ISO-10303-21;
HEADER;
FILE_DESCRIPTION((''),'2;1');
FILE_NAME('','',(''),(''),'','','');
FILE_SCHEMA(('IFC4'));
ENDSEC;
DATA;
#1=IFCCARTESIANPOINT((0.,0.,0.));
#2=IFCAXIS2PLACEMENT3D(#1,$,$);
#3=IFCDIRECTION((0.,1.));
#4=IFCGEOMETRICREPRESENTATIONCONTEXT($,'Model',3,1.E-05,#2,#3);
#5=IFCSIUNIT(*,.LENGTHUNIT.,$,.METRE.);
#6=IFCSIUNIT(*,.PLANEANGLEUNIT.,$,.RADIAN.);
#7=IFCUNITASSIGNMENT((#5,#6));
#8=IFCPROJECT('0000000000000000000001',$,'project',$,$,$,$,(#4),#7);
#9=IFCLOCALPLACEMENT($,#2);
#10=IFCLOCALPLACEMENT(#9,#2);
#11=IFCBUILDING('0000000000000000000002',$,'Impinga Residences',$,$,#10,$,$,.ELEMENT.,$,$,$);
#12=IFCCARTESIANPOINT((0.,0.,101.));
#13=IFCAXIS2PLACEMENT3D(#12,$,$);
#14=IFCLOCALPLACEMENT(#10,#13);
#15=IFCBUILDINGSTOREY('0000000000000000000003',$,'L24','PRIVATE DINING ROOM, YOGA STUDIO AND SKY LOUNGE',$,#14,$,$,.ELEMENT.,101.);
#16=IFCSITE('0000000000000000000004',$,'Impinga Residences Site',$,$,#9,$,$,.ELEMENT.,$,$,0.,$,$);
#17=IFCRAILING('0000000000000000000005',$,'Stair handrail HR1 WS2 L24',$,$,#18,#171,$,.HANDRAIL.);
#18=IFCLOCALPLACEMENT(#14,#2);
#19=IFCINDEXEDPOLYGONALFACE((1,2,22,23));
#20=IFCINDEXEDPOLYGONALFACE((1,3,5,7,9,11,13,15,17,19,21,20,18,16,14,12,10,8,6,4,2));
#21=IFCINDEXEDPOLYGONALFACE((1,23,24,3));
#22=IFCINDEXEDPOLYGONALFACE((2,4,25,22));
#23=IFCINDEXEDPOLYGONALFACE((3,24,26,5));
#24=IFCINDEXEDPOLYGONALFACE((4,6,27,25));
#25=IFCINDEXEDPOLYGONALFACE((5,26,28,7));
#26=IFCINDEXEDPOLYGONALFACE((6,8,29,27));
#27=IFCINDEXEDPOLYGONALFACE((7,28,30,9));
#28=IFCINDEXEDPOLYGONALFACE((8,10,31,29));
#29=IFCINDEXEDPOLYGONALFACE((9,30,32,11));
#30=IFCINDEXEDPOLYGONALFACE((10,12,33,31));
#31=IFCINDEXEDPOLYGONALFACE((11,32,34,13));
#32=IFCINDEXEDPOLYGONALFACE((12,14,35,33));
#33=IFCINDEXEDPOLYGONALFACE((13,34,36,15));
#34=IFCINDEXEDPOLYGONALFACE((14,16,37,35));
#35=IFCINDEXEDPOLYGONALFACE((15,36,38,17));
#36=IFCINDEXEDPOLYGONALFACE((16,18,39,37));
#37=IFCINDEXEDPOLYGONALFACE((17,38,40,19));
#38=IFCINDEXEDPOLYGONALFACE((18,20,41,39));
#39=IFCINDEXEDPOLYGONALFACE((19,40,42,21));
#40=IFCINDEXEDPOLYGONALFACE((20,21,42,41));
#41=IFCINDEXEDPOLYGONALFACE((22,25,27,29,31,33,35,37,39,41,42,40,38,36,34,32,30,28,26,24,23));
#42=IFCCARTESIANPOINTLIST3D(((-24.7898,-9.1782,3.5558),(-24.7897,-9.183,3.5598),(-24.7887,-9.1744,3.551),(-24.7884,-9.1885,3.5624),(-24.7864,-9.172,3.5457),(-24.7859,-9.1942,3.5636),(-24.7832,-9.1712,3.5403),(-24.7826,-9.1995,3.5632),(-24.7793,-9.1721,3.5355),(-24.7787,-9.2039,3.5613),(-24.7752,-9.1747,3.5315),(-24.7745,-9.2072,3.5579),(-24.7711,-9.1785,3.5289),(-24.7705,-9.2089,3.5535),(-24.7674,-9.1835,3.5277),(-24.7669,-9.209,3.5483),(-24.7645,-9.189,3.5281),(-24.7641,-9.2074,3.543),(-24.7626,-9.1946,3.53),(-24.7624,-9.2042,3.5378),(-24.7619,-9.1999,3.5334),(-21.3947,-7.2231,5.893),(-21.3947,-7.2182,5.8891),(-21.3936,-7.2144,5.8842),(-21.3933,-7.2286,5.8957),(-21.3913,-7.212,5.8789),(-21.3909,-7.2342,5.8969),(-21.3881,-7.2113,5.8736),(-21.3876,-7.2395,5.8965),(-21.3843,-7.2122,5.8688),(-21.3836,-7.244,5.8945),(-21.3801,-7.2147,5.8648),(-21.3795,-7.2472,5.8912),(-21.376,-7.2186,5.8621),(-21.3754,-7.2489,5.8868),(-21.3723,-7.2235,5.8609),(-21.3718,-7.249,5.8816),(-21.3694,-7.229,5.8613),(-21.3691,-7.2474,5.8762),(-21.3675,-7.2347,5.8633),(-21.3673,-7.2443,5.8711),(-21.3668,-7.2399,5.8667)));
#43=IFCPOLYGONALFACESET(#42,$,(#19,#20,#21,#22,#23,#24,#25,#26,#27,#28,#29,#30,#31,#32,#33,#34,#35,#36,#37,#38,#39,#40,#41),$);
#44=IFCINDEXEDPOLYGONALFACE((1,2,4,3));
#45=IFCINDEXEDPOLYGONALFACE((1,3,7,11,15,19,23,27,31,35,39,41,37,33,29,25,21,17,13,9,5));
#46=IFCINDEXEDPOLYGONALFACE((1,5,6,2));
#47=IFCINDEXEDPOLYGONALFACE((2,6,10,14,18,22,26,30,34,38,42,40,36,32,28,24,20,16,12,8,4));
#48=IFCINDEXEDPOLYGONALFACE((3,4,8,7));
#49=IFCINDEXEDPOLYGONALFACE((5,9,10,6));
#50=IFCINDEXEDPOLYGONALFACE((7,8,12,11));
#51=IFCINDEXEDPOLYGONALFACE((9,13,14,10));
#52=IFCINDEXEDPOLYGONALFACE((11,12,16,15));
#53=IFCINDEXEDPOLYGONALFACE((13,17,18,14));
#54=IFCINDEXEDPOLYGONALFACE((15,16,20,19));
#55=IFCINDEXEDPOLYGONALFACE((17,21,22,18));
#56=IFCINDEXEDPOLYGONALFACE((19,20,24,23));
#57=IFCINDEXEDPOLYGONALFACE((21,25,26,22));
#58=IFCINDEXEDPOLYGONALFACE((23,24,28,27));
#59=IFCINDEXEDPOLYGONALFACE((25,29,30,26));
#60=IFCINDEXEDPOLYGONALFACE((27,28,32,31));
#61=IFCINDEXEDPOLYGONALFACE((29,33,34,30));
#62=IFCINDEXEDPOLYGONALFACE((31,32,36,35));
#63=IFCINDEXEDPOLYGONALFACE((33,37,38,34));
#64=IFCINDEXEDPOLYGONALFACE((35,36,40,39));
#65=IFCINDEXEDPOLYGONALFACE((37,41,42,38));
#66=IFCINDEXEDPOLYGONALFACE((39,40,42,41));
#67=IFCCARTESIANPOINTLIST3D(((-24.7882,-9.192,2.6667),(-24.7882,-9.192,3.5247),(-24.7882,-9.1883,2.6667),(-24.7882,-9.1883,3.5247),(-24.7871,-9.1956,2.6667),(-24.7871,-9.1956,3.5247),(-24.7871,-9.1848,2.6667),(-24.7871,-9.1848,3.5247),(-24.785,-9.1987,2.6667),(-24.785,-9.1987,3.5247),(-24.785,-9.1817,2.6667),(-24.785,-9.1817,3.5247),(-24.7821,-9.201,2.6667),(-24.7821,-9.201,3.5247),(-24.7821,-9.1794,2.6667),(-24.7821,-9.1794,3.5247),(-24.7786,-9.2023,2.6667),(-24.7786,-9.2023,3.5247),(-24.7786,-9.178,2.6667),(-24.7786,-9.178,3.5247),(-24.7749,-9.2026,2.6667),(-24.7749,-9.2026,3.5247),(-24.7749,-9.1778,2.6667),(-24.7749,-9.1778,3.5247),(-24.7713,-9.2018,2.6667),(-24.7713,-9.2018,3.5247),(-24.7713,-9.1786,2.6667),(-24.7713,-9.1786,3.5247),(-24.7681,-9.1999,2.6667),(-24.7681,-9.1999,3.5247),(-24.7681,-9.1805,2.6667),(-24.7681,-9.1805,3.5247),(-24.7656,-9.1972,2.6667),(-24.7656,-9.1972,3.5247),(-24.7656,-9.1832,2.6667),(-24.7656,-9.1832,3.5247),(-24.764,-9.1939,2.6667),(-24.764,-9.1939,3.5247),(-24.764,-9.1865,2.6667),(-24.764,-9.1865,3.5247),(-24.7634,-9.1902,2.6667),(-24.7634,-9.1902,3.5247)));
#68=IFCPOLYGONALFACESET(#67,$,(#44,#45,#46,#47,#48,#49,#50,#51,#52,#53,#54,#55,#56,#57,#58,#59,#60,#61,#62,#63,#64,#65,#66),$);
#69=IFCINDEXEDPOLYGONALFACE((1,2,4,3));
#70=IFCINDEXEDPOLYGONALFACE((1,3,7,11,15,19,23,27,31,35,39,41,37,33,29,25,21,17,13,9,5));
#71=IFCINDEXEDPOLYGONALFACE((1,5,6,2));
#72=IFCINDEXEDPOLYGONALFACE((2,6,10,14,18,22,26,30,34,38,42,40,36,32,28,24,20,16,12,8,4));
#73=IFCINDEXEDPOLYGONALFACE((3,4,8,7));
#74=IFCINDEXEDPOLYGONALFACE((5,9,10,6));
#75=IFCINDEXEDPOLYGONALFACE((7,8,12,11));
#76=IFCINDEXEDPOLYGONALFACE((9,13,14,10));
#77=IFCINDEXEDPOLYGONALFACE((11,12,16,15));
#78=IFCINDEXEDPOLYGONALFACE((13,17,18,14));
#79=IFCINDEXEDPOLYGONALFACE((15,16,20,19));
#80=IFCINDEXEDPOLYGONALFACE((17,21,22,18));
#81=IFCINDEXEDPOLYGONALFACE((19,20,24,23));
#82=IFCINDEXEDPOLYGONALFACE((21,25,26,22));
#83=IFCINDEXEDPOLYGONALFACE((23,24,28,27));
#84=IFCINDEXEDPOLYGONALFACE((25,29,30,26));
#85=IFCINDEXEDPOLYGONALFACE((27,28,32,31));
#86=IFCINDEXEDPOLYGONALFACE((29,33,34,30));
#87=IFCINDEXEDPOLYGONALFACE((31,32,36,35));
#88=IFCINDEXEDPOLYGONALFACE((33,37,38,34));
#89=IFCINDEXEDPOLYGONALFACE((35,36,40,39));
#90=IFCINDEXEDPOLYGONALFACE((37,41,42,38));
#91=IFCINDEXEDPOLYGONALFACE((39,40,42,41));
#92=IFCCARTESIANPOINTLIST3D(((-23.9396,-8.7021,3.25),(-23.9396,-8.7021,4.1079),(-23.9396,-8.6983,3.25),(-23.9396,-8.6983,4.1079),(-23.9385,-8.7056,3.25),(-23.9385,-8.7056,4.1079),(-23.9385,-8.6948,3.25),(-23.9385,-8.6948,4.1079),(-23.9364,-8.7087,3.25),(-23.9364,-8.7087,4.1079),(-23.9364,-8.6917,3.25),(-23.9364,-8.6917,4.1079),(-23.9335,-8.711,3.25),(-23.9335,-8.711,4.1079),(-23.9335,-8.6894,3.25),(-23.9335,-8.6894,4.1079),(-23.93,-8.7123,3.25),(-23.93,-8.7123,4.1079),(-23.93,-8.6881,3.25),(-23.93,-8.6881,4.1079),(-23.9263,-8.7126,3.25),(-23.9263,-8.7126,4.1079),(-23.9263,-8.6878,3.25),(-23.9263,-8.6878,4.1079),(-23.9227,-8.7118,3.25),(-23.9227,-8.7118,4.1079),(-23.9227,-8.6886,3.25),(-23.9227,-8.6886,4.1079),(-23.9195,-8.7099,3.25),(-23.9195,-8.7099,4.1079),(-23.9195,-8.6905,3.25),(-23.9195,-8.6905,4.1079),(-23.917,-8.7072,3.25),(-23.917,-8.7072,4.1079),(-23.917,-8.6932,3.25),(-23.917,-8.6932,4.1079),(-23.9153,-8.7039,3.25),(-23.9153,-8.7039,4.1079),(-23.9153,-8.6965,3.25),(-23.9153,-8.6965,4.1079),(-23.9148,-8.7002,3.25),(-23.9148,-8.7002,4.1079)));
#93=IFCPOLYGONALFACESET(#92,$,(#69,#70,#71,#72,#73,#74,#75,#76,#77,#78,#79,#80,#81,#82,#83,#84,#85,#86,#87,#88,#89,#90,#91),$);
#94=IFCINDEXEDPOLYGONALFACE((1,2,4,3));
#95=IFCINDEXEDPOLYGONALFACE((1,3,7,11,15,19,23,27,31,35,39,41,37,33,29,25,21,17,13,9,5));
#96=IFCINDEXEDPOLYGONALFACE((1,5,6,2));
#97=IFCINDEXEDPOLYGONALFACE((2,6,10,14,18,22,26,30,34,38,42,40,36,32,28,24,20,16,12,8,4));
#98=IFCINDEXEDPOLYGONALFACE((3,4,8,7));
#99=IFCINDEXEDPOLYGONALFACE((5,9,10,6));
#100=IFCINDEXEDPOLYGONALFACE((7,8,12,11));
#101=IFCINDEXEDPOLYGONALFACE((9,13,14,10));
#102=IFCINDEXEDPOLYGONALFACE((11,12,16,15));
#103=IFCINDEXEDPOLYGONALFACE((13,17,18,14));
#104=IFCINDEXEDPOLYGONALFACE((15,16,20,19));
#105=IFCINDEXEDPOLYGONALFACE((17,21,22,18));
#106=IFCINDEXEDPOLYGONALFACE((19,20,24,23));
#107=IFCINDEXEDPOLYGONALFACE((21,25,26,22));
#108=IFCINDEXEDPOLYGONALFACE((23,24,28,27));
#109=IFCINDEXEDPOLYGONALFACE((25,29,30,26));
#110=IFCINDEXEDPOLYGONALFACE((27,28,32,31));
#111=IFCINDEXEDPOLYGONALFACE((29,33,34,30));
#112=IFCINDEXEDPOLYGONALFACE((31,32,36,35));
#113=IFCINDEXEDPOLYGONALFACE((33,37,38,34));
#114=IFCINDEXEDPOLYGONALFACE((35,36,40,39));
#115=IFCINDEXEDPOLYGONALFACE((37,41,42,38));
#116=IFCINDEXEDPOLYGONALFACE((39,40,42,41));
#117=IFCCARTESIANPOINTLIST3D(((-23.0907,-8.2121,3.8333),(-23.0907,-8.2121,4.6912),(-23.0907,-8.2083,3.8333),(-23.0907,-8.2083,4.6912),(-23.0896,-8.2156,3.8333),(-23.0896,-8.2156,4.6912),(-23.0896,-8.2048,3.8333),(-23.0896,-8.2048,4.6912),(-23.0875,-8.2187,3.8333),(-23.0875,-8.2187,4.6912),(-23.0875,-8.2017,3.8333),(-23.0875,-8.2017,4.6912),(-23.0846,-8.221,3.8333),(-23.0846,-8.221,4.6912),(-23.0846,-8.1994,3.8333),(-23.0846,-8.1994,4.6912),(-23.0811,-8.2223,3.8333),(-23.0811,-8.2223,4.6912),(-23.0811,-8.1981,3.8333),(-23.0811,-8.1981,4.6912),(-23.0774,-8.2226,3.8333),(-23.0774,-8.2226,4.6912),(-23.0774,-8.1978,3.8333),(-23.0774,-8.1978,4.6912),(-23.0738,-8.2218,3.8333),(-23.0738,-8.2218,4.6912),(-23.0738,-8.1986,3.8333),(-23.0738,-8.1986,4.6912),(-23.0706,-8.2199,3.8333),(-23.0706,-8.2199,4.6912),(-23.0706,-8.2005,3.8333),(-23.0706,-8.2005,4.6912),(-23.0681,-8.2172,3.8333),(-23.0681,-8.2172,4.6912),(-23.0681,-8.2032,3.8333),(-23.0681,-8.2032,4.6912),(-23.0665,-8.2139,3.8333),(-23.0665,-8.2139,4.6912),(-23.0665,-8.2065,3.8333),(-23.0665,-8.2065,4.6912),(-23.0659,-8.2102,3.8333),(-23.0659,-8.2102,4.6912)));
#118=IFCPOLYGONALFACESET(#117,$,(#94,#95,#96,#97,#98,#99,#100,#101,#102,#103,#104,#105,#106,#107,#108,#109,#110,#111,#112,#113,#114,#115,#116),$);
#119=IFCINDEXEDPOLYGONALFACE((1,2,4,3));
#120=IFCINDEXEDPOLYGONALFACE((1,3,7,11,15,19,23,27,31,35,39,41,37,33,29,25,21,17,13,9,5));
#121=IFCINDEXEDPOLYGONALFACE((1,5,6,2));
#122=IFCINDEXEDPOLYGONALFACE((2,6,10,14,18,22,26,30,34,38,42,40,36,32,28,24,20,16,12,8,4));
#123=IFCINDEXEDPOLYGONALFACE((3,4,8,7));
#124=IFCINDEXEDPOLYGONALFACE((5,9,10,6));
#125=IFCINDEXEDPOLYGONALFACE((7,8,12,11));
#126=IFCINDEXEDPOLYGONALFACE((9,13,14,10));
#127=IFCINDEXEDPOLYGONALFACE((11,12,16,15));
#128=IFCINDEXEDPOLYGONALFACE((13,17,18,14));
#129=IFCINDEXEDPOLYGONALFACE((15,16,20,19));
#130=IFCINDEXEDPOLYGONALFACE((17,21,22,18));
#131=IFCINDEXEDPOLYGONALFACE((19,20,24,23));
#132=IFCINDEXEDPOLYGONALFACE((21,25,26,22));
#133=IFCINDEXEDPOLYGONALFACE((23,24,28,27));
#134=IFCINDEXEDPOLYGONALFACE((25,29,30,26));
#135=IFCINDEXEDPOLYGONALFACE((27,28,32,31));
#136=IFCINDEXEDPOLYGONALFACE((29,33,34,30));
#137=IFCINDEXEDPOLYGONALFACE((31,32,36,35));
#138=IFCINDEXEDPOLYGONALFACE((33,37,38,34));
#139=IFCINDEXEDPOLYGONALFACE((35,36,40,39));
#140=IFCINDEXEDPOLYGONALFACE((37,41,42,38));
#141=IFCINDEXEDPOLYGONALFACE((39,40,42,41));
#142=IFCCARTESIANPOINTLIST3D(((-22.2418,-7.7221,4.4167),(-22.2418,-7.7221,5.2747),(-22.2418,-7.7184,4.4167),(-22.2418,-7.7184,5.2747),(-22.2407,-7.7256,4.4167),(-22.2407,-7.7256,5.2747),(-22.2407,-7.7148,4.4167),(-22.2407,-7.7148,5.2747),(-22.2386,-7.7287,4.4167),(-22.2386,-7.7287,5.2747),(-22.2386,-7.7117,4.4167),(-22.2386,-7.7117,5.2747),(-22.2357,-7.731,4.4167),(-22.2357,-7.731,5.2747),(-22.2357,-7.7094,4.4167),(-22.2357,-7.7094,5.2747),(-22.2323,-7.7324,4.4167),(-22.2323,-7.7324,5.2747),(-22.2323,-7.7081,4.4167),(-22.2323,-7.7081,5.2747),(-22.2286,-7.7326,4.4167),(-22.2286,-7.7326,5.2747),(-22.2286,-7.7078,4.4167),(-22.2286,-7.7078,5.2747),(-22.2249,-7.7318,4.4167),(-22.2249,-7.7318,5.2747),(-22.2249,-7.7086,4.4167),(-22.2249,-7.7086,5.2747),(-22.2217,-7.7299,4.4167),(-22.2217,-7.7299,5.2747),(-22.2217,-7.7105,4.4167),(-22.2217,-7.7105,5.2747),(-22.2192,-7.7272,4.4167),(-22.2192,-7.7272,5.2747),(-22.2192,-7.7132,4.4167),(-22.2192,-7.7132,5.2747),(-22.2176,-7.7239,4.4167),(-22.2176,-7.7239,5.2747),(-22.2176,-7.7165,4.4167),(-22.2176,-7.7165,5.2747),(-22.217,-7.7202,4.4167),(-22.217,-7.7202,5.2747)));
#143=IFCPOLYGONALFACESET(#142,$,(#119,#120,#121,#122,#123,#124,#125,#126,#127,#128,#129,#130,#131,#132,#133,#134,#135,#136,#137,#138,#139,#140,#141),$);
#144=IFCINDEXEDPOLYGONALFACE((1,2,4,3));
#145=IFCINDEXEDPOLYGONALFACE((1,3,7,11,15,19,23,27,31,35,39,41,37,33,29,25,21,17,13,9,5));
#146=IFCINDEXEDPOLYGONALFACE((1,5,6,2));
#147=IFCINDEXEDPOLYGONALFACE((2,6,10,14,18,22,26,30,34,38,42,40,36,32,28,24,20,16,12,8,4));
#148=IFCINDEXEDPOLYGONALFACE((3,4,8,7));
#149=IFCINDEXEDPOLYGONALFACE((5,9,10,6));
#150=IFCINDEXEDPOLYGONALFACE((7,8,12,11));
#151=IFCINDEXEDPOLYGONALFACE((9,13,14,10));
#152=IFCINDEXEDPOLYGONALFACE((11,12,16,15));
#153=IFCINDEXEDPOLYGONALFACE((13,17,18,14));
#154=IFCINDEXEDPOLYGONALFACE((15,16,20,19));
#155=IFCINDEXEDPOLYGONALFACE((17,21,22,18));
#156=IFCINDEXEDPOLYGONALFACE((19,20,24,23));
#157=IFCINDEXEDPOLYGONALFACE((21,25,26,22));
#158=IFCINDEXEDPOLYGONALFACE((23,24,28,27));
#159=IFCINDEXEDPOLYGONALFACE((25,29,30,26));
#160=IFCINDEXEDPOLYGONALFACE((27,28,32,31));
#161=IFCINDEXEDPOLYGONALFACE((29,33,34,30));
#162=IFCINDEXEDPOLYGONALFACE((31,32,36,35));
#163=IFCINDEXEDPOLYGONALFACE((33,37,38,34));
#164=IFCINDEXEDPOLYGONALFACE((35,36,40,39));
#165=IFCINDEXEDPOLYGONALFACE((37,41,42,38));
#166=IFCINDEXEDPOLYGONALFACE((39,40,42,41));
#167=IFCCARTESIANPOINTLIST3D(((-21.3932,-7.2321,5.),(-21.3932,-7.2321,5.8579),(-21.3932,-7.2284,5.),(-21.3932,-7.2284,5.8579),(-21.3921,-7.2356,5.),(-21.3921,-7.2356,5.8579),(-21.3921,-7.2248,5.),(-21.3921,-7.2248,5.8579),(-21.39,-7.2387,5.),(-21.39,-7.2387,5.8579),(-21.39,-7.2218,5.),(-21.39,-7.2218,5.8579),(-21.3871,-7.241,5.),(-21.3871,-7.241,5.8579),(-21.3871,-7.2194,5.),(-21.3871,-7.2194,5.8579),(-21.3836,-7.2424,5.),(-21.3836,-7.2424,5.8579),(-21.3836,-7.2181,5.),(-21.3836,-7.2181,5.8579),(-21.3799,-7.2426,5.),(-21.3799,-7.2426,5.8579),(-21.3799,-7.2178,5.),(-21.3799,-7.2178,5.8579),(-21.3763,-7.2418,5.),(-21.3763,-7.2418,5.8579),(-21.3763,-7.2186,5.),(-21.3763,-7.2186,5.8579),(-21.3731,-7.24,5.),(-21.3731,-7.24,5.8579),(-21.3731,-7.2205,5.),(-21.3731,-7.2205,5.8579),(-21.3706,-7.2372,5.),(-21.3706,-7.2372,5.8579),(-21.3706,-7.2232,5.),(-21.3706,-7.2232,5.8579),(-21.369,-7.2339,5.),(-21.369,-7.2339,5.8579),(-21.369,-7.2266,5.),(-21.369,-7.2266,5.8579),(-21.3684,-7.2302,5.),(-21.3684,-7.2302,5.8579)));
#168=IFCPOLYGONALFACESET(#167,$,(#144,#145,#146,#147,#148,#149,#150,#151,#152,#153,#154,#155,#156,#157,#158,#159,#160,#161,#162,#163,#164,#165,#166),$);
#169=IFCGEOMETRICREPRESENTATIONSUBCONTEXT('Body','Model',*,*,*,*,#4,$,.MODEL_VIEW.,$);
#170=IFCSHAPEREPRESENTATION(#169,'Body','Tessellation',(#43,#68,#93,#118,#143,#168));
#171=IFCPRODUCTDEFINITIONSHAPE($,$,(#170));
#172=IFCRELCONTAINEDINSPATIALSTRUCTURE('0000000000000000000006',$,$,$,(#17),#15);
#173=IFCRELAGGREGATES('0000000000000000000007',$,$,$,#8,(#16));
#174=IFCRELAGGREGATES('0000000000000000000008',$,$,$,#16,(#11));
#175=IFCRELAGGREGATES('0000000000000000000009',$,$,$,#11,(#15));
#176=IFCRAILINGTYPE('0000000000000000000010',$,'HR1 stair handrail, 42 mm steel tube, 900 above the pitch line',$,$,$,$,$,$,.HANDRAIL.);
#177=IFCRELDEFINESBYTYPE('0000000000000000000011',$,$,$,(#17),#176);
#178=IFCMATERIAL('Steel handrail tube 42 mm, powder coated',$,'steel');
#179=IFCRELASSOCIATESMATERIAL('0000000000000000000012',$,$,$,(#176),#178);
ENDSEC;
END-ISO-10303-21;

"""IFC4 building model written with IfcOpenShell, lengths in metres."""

from ifc_helpers import new_model, si_unit, direction, frame, origin, origin_2d, place, context, subcontext, project, spatial, circle, extrude, material, type_object, element, save


model = new_model("IFC4")

# Units and contexts
model_context = context("Model", 3, precision=1e-05, world=origin(), true_north=direction((0.0, 1.0)))
body_context = subcontext(model_context, "Body", "Model", "MODEL_VIEW")
ifc_project = project(units=[si_unit("LENGTHUNIT", "METRE"), si_unit("PLANEANGLEUNIT", "RADIAN")], contexts=[model_context])

# Site, building, storey
site_placement = place(None, origin())
site = spatial("IfcSite", under=ifc_project, at=site_placement, Name="Impinga Residences Site", CompositionType="ELEMENT", RefElevation=0.0)
building_placement = place(site_placement, origin())
building = spatial("IfcBuilding", under=site, at=building_placement, Name="Impinga Residences", CompositionType="ELEMENT")
storey_placement = place(building_placement, frame((0.0, 0.0, 101.0)))
storey = spatial("IfcBuildingStorey", under=building, at=storey_placement, Name="L24", Description="PRIVATE DINING ROOM, YOGA STUDIO AND SKY LOUNGE", CompositionType="ELEMENT", Elevation=101.0)

# Railing
ifc_material_1 = material(Name="Steel handrail tube 42 mm, powder coated", Category="steel")
railing_type_1 = type_object("IfcRailingType", Name="HR1 stair handrail, 42 mm steel tube, 900 above the pitch line", PredefinedType="HANDRAIL", material=ifc_material_1)
railing_1_placement = place(storey_placement, frame((-24.7759, -9.1902, 2.6667)))
element("IfcRailing", 1, at=railing_1_placement, inside=storey, type_object=railing_type_1, Name="Stair handrail HR1 WS2 L24", PredefinedType="HANDRAIL", context=body_context, shape_type="SweptSolid", body=[
    extrude(circle(Radius=0.021, at=origin_2d()), frame((0.0, 0.0, 0.8789), z_axis=(0.744199, 0.429629, 0.511456), x_axis=(-0.49997, 0.866042, 0.0)), (0.0, 0.0, 1.0), 4.562),
    extrude(circle(Radius=0.0125, at=origin_2d()), origin(), (0.0, 0.0, 1.0), 0.8579),
    extrude(circle(Radius=0.0125, at=origin_2d()), frame((0.8486, 0.49, 0.5833)), (0.0, 0.0, 1.0), 0.8579),
    extrude(circle(Radius=0.0125, at=origin_2d()), frame((1.6975, 0.98, 1.1665)), (0.0, 0.0, 1.0), 0.8579),
    extrude(circle(Radius=0.0125, at=origin_2d()), frame((2.5464, 1.47, 1.75)), (0.0, 0.0, 1.0), 0.8579),
    extrude(circle(Radius=0.0125, at=origin_2d()), frame((3.395, 1.96, 2.3333)), (0.0, 0.0, 1.0), 0.8579),
])

save(model, "model.ifc")
